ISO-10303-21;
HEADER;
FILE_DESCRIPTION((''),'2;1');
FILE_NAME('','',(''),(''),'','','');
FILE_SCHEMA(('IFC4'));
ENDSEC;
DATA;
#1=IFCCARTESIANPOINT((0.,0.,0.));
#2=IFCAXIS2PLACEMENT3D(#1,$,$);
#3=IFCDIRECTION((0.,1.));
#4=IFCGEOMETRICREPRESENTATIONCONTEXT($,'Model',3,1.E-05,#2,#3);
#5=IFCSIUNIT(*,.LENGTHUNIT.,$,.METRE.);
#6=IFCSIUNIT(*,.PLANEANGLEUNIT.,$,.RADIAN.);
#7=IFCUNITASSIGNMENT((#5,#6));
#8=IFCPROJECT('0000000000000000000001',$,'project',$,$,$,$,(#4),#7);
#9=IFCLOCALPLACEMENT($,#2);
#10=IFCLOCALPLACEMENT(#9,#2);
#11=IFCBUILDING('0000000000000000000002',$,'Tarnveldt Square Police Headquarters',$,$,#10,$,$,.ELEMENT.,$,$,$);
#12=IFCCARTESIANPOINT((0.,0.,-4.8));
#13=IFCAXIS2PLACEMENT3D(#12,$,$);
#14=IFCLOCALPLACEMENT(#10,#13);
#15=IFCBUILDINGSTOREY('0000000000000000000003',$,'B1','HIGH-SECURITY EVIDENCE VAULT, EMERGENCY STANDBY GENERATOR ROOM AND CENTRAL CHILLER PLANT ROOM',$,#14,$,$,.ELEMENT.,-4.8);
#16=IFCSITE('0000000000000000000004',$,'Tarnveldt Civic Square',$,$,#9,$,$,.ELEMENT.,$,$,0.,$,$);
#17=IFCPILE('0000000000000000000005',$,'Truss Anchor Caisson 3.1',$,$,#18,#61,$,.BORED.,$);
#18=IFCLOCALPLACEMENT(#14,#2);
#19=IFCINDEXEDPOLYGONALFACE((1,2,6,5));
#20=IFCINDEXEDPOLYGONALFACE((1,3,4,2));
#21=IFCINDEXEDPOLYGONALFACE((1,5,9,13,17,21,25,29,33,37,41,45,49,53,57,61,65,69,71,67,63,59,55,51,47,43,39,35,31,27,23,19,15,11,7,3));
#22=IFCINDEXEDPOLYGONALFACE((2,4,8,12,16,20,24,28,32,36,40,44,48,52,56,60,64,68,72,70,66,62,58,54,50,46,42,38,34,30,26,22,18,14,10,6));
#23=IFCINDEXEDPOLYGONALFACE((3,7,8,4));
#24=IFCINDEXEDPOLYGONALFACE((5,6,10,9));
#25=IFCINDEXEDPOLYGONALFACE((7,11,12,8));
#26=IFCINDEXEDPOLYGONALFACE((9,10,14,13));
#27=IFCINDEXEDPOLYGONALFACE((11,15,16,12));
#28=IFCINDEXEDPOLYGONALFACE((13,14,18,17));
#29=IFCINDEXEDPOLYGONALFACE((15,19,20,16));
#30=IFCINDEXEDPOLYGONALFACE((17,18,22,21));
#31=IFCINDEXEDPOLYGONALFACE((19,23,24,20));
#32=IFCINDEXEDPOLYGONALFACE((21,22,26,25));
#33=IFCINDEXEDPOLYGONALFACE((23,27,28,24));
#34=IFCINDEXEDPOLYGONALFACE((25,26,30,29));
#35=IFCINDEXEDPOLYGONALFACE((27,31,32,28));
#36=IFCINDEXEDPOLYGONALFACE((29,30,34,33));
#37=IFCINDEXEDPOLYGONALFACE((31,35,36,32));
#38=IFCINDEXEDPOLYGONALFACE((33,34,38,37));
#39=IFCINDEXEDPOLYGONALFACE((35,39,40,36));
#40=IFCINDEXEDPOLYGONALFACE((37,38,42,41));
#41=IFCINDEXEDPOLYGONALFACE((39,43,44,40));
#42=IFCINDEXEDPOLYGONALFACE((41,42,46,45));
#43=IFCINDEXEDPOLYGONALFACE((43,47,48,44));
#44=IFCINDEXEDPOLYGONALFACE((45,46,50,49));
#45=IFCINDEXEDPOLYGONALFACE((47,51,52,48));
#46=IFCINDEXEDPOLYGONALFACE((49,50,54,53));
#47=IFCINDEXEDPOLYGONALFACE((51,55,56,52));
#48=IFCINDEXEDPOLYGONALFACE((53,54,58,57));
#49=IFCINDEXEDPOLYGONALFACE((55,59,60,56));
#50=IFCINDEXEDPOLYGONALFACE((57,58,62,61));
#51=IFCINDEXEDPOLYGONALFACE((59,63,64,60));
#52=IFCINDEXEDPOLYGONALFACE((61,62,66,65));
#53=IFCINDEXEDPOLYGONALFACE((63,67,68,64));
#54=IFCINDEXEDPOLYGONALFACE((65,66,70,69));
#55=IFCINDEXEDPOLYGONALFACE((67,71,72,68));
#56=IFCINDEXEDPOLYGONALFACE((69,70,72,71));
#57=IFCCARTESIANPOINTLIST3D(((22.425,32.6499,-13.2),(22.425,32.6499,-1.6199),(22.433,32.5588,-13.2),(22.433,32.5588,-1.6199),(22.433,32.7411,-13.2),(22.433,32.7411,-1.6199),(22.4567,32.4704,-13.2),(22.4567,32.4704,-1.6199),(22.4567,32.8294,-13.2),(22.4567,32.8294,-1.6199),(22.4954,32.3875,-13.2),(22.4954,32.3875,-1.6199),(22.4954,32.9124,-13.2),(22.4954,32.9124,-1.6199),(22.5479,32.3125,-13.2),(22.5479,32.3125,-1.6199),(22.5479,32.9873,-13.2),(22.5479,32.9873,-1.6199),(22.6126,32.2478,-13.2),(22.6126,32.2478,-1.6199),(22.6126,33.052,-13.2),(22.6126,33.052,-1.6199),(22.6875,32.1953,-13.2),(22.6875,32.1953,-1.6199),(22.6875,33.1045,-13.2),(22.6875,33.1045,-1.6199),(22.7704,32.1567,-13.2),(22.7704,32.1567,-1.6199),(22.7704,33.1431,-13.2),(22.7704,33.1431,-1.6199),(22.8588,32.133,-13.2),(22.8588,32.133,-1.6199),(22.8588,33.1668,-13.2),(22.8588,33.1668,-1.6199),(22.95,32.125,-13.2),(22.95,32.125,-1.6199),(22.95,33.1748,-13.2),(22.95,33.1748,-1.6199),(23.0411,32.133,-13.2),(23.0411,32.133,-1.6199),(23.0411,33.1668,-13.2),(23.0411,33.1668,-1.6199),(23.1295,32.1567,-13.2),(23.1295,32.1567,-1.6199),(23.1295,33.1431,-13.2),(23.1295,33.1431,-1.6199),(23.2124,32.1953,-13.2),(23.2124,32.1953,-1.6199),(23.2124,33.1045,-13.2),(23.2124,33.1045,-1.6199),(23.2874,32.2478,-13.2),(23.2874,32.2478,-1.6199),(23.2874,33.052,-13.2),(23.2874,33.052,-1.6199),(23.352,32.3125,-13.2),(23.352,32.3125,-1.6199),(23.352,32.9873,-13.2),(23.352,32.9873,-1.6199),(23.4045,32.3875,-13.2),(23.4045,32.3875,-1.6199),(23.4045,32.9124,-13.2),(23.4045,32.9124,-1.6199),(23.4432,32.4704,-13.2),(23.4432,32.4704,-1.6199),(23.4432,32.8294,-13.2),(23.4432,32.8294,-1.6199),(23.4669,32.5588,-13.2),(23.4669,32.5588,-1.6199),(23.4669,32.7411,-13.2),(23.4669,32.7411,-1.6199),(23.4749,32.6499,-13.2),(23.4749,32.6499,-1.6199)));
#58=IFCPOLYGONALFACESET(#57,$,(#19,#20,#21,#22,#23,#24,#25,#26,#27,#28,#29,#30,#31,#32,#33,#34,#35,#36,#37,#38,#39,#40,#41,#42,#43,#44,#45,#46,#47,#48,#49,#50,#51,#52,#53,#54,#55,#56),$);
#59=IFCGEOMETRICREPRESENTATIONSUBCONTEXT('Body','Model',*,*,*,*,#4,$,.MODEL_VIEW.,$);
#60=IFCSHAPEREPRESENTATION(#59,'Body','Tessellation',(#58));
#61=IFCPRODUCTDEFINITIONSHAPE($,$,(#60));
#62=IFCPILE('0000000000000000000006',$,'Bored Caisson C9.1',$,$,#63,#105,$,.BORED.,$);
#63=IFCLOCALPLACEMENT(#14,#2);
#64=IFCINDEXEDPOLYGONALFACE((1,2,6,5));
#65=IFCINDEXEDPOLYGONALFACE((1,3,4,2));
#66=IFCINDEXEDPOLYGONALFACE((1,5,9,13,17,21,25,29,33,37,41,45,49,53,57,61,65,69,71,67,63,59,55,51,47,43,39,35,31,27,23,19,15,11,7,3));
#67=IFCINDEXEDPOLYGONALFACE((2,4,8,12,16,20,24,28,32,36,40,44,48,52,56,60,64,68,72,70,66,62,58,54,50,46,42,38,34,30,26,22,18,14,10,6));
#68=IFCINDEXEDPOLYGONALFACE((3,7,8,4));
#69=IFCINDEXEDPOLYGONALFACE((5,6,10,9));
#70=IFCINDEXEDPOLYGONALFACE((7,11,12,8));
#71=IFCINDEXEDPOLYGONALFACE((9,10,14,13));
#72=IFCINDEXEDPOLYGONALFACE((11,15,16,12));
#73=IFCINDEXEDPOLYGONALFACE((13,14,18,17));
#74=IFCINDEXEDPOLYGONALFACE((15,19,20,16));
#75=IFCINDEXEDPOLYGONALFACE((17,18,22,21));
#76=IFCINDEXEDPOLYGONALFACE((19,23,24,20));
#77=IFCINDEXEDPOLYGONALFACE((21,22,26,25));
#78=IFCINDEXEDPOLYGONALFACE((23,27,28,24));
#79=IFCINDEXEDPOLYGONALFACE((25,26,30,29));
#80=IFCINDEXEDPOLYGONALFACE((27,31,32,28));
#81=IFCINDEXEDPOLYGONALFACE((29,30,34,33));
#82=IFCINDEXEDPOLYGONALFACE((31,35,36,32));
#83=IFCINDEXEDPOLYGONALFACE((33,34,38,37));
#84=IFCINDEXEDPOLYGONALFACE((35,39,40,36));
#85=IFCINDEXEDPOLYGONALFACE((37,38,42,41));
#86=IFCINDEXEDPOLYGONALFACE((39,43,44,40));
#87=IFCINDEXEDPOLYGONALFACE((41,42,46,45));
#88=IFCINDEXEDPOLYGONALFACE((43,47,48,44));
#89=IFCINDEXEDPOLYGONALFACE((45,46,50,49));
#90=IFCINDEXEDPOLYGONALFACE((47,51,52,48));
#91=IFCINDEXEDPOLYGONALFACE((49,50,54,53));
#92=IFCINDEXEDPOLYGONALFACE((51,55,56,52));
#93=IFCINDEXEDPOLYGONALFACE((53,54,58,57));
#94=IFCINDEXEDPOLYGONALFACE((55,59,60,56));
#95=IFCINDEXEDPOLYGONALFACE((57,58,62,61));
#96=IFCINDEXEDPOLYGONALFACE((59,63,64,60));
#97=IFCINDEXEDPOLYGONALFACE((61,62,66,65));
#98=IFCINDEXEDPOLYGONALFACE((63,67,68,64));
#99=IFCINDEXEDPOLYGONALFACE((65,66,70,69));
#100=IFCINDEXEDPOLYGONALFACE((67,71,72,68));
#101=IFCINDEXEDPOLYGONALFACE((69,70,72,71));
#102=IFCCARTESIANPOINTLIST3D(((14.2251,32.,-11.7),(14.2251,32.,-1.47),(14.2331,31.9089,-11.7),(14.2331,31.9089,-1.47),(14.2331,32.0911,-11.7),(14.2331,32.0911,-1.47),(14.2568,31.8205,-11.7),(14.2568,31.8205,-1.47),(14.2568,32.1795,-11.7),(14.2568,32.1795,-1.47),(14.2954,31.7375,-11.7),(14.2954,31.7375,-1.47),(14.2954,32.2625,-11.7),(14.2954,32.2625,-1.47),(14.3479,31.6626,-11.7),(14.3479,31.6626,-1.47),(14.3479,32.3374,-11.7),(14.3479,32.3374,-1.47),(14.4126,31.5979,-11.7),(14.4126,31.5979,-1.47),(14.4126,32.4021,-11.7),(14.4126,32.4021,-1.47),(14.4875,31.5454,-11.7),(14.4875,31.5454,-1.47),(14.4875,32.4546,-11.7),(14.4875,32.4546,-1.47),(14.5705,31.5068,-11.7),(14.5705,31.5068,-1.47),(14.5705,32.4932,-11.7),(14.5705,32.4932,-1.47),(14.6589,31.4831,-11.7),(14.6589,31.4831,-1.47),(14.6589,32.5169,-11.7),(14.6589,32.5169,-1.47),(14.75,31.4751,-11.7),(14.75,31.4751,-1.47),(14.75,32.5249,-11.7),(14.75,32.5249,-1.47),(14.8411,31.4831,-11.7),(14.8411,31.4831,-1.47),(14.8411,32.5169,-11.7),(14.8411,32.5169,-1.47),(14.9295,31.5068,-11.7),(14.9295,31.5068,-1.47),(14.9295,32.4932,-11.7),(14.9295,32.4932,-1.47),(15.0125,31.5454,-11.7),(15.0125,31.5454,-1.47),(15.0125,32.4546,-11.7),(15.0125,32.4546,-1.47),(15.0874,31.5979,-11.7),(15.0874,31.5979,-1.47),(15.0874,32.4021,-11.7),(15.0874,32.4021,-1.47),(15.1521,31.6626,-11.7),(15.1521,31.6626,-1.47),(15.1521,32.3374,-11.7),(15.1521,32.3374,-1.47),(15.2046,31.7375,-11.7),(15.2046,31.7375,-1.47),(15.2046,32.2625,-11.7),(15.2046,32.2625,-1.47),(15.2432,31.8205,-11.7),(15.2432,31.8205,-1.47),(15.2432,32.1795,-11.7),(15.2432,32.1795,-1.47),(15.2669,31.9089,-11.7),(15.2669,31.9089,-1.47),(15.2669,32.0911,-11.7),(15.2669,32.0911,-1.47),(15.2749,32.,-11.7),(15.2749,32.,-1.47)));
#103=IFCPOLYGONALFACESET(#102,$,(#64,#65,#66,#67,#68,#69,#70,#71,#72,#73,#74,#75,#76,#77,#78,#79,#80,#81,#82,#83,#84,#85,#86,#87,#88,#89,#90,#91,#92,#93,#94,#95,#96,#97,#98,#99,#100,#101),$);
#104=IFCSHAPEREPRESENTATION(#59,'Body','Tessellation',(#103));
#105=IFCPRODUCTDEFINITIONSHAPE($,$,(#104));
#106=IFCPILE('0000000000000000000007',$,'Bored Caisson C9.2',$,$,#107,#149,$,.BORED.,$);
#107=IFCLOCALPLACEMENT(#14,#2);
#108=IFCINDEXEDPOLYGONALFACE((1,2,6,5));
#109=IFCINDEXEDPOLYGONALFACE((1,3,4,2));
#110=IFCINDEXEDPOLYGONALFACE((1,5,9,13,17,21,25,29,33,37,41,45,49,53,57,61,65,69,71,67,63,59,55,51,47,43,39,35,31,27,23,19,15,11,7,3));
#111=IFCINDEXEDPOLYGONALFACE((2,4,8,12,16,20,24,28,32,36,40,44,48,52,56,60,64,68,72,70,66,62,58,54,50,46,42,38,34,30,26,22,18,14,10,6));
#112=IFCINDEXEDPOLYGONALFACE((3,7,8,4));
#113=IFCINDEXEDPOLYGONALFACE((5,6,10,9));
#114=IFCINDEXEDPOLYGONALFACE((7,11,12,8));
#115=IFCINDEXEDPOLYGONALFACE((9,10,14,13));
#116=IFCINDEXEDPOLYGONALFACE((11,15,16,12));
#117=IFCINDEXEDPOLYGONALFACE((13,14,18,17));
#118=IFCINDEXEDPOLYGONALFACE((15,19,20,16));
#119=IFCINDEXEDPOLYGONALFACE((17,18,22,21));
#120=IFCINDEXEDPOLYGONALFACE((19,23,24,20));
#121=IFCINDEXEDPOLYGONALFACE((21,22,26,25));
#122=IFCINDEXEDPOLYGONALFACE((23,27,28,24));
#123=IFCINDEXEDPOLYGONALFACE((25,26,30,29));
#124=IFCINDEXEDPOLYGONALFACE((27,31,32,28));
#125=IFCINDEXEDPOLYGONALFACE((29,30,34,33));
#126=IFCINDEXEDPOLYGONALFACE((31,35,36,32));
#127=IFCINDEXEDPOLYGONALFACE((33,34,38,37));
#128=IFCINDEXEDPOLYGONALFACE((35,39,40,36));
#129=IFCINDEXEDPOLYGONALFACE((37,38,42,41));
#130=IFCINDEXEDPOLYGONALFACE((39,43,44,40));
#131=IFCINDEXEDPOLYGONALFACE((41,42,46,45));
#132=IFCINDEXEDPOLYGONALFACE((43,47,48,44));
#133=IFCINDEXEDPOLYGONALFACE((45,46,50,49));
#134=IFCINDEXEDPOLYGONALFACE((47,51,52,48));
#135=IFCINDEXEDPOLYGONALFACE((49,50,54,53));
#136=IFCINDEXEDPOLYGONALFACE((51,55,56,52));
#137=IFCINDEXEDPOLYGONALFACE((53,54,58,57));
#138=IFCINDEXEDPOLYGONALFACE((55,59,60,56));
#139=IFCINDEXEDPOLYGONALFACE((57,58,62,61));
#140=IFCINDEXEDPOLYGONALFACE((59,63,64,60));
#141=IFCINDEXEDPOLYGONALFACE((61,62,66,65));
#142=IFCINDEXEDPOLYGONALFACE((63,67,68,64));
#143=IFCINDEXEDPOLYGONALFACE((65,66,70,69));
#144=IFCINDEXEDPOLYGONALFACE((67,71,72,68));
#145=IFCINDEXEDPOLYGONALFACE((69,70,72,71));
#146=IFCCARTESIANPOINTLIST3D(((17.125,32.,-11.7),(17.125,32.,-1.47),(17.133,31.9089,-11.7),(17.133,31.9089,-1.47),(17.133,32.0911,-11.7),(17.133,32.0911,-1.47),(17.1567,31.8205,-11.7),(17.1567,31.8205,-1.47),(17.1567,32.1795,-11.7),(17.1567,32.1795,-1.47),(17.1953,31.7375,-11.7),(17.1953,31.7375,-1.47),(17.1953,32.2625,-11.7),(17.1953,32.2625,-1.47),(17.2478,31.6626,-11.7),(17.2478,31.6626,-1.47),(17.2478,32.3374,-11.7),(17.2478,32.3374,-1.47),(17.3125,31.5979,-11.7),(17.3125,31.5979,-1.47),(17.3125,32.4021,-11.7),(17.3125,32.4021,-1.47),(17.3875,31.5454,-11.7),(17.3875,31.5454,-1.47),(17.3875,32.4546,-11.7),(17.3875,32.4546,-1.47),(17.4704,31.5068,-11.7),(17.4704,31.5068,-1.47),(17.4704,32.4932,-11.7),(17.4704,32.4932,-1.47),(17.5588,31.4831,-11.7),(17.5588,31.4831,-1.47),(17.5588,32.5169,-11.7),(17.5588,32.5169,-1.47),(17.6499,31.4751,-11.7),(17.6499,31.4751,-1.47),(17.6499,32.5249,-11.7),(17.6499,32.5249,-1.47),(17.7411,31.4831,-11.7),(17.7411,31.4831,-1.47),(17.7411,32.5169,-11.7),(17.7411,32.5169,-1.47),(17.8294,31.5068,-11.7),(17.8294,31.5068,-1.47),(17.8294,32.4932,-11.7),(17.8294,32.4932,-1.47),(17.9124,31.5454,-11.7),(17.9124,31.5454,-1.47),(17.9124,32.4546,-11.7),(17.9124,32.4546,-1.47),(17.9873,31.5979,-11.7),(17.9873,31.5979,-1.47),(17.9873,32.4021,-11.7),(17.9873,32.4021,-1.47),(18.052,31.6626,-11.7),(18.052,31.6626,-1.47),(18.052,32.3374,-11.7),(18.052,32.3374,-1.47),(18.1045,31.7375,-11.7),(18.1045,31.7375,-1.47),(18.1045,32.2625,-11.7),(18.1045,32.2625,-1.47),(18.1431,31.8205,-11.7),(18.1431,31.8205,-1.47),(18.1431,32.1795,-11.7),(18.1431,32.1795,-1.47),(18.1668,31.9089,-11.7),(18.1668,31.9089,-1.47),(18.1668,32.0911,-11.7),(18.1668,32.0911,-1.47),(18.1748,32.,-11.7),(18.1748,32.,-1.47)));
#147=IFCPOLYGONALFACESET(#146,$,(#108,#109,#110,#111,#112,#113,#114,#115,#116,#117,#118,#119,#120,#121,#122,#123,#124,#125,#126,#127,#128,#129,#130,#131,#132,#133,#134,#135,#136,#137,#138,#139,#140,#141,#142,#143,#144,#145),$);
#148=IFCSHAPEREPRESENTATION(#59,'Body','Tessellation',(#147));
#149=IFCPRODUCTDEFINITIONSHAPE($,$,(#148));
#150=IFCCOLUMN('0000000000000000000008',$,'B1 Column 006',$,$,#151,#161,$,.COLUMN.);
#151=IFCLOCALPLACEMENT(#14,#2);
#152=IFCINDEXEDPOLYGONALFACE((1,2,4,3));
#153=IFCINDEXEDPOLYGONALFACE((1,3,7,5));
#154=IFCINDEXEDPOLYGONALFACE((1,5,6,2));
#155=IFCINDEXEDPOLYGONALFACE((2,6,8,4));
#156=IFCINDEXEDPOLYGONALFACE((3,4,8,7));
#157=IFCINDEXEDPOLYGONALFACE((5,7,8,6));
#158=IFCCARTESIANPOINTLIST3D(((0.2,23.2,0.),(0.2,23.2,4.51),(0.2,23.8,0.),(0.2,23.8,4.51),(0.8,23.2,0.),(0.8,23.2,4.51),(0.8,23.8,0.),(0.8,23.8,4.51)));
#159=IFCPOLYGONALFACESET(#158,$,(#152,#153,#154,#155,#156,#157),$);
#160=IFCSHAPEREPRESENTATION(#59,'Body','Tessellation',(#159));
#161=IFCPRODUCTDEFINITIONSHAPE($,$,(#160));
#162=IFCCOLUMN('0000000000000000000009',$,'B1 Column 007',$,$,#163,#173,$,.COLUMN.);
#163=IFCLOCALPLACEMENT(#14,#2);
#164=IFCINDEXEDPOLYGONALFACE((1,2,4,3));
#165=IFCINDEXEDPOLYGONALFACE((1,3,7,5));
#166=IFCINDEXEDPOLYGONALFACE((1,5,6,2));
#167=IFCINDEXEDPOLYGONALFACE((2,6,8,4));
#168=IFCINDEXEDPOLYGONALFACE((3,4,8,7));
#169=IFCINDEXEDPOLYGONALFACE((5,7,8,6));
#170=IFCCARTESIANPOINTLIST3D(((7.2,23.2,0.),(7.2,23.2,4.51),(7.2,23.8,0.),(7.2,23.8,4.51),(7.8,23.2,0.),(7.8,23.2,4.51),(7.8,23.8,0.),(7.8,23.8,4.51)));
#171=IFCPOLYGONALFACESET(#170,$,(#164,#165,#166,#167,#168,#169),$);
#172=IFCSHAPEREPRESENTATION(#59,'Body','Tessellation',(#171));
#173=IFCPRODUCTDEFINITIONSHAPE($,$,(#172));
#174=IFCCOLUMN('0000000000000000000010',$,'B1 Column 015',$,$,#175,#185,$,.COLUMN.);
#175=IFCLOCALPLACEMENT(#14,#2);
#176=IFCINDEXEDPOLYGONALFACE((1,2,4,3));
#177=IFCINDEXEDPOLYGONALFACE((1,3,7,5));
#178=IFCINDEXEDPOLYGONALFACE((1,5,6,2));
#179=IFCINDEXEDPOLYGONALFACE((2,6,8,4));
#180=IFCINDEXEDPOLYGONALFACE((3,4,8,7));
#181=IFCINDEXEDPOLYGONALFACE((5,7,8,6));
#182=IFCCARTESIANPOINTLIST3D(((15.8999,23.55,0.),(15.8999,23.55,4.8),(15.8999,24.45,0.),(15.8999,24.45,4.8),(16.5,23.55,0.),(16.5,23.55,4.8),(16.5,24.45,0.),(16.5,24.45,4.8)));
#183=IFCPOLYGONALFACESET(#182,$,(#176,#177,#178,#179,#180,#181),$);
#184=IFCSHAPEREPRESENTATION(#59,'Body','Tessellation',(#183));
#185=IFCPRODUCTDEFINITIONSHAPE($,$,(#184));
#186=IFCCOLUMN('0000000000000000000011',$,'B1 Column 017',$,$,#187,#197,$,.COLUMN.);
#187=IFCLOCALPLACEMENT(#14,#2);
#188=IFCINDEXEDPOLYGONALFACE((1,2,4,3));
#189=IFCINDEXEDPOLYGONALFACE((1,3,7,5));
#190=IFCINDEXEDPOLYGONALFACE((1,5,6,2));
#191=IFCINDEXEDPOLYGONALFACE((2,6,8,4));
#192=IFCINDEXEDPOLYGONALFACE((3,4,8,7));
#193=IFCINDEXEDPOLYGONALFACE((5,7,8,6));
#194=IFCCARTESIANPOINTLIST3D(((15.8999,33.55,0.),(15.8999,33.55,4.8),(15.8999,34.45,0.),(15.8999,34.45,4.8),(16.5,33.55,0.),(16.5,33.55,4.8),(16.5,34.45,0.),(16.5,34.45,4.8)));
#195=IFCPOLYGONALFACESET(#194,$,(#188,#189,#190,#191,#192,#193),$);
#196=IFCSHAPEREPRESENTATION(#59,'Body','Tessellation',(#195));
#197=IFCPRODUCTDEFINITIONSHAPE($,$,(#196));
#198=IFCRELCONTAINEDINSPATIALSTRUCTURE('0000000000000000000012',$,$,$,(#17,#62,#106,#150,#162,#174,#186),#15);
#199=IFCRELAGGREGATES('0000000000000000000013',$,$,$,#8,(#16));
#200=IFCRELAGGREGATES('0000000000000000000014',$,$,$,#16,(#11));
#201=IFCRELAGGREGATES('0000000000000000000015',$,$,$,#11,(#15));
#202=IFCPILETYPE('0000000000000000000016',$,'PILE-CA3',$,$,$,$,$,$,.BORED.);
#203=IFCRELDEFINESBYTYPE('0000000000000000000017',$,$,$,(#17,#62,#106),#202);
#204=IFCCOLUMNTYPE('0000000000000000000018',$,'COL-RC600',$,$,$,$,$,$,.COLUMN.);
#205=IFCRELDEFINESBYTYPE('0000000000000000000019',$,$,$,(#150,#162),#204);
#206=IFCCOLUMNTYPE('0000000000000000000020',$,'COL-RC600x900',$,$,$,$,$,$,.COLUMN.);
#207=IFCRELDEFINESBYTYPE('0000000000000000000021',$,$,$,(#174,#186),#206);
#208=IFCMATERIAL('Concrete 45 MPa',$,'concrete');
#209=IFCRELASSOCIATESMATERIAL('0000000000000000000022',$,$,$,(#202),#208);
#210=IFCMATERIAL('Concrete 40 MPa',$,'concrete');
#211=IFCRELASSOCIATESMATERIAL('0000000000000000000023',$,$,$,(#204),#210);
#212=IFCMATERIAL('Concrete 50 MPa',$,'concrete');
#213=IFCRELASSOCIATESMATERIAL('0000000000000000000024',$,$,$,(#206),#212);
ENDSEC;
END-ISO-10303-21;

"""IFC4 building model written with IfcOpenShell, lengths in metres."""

from ifc_helpers import new_model, si_unit, direction, frame, origin, origin_2d, place, context, subcontext, project, spatial, rectangle, circle, extrude, material, material_profile, profile_set, type_object, element, save


model = new_model("IFC4")

# Units and contexts
model_context = context("Model", 3, precision=1e-05, world=origin(), true_north=direction((0.0, 1.0)))
body_context = subcontext(model_context, "Body", "Model", "MODEL_VIEW")
ifc_project = project(units=[si_unit("LENGTHUNIT", "METRE"), si_unit("PLANEANGLEUNIT", "RADIAN")], contexts=[model_context])

# Site, building, storey
site_placement = place(None, origin())
site = spatial("IfcSite", under=ifc_project, at=site_placement, Name="Tarnveldt Civic Square", CompositionType="ELEMENT", RefElevation=0.0)
building_placement = place(site_placement, origin())
building = spatial("IfcBuilding", under=site, at=building_placement, Name="Tarnveldt Square Police Headquarters", CompositionType="ELEMENT")
storey_placement = place(building_placement, frame((0.0, 0.0, -4.8)))
storey = spatial("IfcBuildingStorey", under=building, at=storey_placement, Name="B1", Description="HIGH-SECURITY EVIDENCE VAULT, EMERGENCY STANDBY GENERATOR ROOM AND CENTRAL CHILLER PLANT ROOM", CompositionType="ELEMENT", Elevation=-4.8)

# Shared definitions
ifc_material_1 = material(Name="Concrete 45 MPa", Category="concrete")
ifc_material_2 = material(Name="Concrete 40 MPa", Category="concrete")

# Piles
ifc_material_profile_1 = material_profile(ifc_material_1, circle(Radius=0.5249, at=origin_2d()), Name="CAISSON-D1050")
ifc_profile_set_1 = profile_set([ifc_material_profile_1], Name="Concrete 45 MPa")
pile_type_1 = type_object("IfcPileType", Name="PILE-CA3", PredefinedType="BORED", material=ifc_profile_set_1)
pile_1_placement = place(storey_placement, frame((22.95, 32.6499, -1.6199), z_axis=(0.0, 0.0, -1.0), x_axis=(1.0, 0.0, 0.0)))
element("IfcPile", 1, at=pile_1_placement, inside=storey, type_object=pile_type_1, Name="Truss Anchor Caisson 3.1", PredefinedType="BORED", context=body_context, shape_type="SweptSolid", body=[
    extrude(circle(Radius=0.5249, at=origin_2d()), origin(), (0.0, 0.0, 1.0), 11.5801),
])
for number, where, z_axis, x_axis, name in (
    (2, (14.75, 32.0, -1.47), (0.0, 0.0, -1.0), (1.0, 0.0, 0.0), "Bored Caisson C9.1"),
    (3, (17.6499, 32.0, -1.47), (0.0, 0.0, -1.0), (1.0, 0.0, 0.0), "Bored Caisson C9.2"),
):
    element("IfcPile", number, at=place(storey_placement, frame(where, z_axis=z_axis, x_axis=x_axis)), inside=storey, type_object=pile_type_1, Name=name, PredefinedType="BORED", context=body_context, shape_type="SweptSolid", body=[
        extrude(circle(Radius=0.5249, at=origin_2d()), origin(), (0.0, 0.0, 1.0), 10.23),
    ])

# Columns
ifc_material_profile_2 = material_profile(ifc_material_2, rectangle(XDim=0.6001, YDim=0.6001, at=origin_2d()), Name="RC-C600x600")
ifc_profile_set_2 = profile_set([ifc_material_profile_2], Name="Concrete 40 MPa")
column_type_1 = type_object("IfcColumnType", Name="COL-RC600", PredefinedType="COLUMN", material=ifc_profile_set_2)
for number, where, z_axis, x_axis, name in (
    (4, (0.5, 23.5, 0.0), (0.0, 0.0, 1.0), (1.0, 0.0, 0.0), "B1 Column 006"),
    (5, (7.5, 23.5, 0.0), (0.0, 0.0, 1.0), (1.0, 0.0, 0.0), "B1 Column 007"),
):
    element("IfcColumn", number, at=place(storey_placement, frame(where, z_axis=z_axis, x_axis=x_axis)), inside=storey, type_object=column_type_1, Name=name, PredefinedType="COLUMN", context=body_context, shape_type="SweptSolid", body=[
        extrude(rectangle(XDim=0.6001, YDim=0.6001, at=origin_2d()), origin(), (0.0, 0.0, 1.0), 4.51),
    ])
ifc_material_3 = material(Name="Concrete 50 MPa", Category="concrete")
ifc_material_profile_3 = material_profile(ifc_material_3, rectangle(XDim=0.6001, YDim=0.8999, at=origin_2d()), Name="RC-C600x900")
ifc_profile_set_3 = profile_set([ifc_material_profile_3], Name="Concrete 50 MPa")
column_type_2 = type_object("IfcColumnType", Name="COL-RC600x900", PredefinedType="COLUMN", material=ifc_profile_set_3)
for number, where, z_axis, x_axis, name in (
    (6, (16.2, 24.0, 0.0), (0.0, 0.0, 1.0), (1.0, 0.0, 0.0), "B1 Column 015"),
    (7, (16.2, 34.0, 0.0), (0.0, 0.0, 1.0), (1.0, 0.0, 0.0), "B1 Column 017"),
):
    element("IfcColumn", number, at=place(storey_placement, frame(where, z_axis=z_axis, x_axis=x_axis)), inside=storey, type_object=column_type_2, Name=name, PredefinedType="COLUMN", context=body_context, shape_type="SweptSolid", body=[
        extrude(rectangle(XDim=0.6001, YDim=0.8999, at=origin_2d()), origin(), (0.0, 0.0, 1.0), 4.8),
    ])

save(model, "model.ifc")
